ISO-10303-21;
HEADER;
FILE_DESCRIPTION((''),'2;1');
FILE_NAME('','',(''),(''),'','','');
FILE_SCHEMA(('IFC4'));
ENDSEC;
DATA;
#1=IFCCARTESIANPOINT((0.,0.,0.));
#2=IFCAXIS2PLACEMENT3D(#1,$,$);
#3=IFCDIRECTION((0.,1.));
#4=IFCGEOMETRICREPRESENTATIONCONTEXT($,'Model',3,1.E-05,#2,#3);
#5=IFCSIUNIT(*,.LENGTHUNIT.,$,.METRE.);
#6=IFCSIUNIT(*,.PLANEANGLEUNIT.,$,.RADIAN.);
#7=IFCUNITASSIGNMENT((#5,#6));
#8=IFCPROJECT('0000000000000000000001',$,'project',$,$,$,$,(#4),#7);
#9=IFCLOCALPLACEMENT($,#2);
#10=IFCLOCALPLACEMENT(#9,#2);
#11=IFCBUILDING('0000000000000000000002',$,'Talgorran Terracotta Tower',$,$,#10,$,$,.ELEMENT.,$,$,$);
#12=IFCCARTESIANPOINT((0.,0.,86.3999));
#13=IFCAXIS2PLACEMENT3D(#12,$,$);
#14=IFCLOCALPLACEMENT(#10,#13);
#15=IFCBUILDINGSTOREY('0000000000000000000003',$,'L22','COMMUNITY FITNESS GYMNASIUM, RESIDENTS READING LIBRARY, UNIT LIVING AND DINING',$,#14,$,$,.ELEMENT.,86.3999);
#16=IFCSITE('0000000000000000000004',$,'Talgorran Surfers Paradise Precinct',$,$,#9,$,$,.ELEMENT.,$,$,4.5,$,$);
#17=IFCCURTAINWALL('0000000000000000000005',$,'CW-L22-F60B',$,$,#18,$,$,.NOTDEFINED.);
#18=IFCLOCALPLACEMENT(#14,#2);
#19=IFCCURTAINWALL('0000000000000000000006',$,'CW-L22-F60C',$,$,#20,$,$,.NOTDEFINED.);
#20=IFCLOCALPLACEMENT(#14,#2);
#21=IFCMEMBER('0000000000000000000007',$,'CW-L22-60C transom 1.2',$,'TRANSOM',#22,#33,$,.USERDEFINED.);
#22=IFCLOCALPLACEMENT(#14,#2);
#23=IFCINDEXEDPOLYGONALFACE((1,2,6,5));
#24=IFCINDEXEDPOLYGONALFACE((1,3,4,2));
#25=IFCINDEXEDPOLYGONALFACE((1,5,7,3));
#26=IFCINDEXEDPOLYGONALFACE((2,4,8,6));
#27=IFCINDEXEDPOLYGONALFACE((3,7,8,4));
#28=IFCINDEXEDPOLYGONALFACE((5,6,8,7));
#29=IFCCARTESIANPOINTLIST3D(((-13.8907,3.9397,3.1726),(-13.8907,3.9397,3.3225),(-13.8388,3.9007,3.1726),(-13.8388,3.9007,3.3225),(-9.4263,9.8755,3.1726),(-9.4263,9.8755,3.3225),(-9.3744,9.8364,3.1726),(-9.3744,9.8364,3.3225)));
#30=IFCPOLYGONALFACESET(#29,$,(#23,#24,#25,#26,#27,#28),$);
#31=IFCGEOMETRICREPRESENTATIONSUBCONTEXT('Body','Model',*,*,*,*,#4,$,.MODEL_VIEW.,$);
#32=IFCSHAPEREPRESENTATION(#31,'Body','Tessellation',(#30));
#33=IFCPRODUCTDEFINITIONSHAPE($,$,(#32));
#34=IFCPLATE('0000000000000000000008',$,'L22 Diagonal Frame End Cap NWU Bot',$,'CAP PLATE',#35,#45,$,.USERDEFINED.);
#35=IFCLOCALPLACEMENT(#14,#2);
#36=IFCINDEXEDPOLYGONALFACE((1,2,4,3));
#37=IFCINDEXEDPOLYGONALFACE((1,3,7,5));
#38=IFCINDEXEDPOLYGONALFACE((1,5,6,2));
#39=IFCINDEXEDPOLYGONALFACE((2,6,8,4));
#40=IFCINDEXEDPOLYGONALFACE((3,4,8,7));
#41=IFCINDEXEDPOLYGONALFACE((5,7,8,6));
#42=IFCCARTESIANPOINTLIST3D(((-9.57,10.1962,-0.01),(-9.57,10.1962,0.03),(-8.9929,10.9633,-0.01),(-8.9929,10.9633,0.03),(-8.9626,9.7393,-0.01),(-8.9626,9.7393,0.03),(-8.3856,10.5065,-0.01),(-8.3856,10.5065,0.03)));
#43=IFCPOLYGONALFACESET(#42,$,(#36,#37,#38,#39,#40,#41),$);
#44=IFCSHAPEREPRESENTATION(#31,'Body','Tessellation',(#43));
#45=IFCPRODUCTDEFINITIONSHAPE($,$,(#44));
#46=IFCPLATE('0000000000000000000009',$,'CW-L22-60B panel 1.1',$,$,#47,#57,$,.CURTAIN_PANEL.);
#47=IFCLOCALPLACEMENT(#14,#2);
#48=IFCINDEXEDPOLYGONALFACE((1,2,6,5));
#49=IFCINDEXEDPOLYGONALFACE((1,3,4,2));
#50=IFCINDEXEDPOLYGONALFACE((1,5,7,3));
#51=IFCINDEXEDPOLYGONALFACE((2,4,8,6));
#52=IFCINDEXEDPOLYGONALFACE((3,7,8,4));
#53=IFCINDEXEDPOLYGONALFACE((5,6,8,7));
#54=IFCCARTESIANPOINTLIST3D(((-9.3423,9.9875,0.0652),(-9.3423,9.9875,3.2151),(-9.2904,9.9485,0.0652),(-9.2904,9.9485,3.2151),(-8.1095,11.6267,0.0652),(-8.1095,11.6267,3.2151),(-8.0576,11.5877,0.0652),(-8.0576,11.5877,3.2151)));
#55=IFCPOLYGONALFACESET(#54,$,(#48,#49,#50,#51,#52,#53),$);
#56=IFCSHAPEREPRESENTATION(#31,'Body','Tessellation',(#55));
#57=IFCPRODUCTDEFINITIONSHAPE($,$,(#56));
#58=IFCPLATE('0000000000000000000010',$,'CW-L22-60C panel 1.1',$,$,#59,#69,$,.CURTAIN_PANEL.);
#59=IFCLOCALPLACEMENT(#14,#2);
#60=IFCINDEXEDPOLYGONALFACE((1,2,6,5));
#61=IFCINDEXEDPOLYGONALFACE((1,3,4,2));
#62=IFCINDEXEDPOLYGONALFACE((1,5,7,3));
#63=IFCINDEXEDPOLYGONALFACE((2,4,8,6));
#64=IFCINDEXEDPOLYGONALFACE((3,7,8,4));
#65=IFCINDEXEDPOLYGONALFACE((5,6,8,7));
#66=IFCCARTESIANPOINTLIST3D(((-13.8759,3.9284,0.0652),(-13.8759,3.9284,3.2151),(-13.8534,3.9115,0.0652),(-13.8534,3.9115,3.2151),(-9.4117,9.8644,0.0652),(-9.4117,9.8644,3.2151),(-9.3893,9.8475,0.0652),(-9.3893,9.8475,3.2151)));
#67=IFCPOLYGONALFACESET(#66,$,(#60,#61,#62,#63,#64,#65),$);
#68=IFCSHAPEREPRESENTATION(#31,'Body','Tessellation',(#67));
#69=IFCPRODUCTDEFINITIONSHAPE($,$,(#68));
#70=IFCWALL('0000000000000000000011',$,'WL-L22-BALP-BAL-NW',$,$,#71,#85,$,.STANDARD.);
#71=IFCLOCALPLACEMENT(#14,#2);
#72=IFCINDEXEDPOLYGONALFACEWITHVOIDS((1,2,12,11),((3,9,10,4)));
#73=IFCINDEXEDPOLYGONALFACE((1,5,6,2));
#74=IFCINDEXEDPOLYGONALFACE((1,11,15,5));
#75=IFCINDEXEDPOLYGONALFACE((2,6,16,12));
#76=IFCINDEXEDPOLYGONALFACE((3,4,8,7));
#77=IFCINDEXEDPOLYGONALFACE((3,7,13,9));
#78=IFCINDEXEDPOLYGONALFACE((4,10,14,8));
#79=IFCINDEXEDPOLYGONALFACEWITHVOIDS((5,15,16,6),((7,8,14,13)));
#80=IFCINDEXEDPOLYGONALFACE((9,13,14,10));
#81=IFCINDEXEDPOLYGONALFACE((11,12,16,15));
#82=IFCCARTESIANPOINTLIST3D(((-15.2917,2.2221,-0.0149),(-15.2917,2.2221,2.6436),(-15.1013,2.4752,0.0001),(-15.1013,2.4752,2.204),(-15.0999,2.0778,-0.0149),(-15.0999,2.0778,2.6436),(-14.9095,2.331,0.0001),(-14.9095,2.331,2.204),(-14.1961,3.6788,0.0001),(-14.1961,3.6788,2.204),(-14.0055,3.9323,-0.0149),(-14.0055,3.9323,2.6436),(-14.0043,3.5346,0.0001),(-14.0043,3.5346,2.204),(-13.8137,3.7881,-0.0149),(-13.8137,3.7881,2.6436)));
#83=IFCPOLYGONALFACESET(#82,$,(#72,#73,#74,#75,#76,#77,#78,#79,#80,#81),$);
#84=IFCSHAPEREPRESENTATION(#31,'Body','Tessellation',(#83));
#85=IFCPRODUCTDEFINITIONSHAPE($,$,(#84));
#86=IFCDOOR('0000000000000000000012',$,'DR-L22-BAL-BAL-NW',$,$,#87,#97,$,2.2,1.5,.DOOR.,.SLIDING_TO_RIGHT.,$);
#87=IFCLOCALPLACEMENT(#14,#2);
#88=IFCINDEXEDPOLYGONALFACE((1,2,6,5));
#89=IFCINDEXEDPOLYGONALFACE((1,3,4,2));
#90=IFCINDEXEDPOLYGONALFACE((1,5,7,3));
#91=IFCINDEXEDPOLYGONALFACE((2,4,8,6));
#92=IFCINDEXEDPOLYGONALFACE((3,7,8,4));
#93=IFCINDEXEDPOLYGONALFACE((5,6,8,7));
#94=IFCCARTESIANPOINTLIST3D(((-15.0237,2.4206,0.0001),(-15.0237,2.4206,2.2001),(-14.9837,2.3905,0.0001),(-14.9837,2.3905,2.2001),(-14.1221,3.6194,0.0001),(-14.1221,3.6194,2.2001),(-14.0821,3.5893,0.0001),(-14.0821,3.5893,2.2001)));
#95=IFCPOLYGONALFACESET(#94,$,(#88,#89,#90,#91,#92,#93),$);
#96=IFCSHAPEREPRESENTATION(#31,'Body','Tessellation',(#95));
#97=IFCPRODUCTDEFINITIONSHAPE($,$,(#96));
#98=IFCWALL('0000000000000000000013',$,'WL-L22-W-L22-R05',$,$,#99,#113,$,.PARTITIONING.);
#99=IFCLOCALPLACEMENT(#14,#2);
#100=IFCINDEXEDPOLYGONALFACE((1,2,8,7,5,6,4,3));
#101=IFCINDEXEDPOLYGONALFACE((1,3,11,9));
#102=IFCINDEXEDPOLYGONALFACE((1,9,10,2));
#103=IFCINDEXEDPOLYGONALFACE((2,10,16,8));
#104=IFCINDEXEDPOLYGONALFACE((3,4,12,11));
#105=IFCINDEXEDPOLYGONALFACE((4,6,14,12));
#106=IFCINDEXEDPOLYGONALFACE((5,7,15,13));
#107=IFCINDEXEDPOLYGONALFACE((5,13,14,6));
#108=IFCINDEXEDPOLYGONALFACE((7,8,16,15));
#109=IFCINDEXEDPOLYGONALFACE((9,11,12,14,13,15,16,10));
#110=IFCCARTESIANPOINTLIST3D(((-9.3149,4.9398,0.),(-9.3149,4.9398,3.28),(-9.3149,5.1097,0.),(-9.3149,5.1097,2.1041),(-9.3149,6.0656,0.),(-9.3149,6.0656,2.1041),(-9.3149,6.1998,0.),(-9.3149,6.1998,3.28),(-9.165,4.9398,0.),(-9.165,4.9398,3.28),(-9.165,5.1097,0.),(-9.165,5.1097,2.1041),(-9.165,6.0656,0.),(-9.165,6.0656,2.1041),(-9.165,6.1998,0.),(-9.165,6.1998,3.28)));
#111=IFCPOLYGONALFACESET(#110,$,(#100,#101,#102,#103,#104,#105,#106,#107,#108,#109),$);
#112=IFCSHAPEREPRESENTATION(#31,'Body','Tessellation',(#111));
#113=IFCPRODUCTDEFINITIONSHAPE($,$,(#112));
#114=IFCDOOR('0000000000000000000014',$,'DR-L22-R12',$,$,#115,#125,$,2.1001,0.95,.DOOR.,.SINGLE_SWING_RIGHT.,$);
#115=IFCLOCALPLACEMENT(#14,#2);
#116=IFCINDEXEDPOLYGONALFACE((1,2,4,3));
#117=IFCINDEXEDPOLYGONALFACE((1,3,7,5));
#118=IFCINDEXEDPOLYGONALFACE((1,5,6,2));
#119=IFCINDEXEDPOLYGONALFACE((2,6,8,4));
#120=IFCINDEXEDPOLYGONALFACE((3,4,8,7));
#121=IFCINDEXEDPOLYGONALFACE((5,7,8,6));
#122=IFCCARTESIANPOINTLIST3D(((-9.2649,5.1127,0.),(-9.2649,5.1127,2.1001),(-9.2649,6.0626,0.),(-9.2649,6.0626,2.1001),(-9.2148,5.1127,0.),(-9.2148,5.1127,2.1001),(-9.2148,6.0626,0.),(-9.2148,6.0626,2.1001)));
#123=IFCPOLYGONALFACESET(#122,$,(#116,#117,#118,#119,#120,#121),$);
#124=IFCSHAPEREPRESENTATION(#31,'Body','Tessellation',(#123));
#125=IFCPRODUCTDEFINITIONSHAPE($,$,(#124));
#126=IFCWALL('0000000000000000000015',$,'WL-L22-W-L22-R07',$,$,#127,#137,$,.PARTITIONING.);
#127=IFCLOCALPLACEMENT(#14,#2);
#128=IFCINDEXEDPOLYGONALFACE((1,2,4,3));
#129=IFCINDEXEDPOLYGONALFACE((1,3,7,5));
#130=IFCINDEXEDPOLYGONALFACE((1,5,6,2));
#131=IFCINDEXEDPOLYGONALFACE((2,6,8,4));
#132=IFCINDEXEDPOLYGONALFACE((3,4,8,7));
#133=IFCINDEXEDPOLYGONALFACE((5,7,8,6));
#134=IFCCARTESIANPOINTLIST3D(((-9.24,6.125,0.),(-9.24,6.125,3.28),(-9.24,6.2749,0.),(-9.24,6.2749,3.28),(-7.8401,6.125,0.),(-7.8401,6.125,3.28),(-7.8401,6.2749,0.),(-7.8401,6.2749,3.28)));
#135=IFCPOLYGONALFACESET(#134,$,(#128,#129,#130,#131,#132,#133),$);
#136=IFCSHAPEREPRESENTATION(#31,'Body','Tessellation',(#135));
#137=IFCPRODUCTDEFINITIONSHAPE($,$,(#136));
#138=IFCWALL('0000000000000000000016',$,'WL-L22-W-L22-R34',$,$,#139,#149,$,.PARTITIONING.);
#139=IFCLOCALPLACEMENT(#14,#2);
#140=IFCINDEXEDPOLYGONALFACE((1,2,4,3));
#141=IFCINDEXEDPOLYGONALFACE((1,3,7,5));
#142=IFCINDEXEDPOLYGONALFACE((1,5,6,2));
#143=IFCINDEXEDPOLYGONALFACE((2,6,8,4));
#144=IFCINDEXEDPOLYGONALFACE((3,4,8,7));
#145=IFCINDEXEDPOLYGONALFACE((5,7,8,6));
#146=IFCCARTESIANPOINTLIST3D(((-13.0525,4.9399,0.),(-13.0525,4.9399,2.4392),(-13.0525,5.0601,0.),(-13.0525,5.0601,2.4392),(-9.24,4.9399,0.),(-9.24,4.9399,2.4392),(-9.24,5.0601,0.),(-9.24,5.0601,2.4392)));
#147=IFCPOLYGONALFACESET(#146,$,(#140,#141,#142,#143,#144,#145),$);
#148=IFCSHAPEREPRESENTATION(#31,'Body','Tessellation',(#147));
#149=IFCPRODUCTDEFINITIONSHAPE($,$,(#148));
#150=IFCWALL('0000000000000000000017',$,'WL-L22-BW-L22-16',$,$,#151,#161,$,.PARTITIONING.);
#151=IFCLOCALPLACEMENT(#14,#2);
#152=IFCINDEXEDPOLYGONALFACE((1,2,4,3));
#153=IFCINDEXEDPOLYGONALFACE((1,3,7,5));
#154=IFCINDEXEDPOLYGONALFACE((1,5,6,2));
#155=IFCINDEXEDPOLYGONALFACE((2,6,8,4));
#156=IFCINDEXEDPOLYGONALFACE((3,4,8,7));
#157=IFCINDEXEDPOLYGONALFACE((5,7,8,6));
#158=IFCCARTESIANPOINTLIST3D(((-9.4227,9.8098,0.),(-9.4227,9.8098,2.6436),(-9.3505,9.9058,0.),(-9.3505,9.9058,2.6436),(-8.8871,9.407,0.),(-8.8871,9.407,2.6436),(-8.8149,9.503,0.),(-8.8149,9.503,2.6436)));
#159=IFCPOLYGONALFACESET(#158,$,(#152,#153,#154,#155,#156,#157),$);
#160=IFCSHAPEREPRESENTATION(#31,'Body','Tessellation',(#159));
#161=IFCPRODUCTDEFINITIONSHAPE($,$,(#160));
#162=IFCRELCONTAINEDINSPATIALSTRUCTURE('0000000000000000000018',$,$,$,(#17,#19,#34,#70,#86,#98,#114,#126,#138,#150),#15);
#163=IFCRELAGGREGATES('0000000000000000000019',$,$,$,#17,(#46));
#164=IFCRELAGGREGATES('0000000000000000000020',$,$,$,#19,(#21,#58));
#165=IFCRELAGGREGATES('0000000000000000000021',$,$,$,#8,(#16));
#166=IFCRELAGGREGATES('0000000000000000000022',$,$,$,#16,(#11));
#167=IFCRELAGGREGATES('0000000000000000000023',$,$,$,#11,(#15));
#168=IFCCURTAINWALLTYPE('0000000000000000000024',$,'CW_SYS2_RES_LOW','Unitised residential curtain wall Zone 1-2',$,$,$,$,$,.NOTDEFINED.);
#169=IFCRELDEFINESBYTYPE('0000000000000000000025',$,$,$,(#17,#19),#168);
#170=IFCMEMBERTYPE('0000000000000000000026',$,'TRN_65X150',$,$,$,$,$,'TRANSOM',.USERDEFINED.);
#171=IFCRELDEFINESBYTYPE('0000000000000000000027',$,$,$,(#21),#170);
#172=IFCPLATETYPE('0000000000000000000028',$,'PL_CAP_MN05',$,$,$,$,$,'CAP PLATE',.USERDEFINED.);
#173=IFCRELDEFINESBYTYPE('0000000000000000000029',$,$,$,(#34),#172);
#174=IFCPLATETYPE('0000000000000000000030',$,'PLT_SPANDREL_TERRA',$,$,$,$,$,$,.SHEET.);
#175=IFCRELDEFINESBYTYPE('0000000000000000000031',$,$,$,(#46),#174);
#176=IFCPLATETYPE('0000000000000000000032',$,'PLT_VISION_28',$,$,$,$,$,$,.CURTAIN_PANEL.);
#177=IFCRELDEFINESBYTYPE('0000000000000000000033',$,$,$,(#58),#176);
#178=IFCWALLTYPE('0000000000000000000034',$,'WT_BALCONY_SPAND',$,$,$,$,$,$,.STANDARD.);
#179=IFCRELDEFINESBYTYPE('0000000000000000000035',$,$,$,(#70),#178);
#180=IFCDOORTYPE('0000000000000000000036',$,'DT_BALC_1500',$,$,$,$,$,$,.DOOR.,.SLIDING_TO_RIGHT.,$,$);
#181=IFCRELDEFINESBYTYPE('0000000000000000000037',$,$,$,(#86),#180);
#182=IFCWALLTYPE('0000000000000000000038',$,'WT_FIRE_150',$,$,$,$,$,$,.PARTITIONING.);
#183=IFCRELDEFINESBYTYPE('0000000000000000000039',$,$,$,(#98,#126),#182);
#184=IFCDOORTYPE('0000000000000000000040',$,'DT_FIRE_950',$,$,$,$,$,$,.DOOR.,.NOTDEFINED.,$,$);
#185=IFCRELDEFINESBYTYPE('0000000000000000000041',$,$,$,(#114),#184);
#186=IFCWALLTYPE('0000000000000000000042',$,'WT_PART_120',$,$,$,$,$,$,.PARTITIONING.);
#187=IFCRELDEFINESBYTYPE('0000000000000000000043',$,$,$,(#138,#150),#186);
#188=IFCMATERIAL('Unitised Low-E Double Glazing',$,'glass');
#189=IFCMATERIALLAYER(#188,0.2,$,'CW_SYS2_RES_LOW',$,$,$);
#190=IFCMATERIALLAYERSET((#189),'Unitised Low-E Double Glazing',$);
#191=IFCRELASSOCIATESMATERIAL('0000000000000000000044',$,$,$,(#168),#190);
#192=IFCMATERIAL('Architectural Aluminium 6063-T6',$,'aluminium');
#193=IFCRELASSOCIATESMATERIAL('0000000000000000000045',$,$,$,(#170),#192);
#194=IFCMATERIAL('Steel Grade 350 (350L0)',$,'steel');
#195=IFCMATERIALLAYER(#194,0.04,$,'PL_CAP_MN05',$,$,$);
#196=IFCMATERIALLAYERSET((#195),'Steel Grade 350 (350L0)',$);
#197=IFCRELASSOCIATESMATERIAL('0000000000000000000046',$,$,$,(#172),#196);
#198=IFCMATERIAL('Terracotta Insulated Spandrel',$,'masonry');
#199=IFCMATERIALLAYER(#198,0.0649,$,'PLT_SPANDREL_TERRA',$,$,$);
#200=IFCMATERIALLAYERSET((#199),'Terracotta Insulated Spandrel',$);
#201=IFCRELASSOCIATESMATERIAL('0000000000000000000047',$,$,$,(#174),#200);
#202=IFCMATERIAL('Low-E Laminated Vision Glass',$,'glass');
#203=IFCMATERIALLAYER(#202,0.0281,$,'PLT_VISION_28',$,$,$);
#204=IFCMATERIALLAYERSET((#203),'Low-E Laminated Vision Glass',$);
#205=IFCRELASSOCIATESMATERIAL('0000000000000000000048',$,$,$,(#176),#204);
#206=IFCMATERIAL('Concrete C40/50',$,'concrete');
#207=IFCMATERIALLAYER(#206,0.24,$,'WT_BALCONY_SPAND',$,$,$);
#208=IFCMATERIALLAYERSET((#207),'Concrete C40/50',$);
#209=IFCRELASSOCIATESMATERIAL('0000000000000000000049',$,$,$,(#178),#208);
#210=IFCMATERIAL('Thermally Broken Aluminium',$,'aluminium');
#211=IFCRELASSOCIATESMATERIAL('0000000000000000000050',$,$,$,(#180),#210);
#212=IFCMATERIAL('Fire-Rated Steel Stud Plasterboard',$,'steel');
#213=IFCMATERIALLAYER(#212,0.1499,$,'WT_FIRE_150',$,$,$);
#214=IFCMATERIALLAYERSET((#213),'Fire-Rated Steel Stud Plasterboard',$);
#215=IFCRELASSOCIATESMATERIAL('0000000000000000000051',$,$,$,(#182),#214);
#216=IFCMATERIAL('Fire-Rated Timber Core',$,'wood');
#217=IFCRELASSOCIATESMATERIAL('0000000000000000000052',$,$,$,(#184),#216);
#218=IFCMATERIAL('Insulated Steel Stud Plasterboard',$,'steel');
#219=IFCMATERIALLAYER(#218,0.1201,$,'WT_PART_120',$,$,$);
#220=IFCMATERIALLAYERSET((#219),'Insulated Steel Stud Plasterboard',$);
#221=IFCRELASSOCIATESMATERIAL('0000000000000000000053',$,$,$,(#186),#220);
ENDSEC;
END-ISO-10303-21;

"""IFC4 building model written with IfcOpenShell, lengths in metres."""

from ifc_helpers import new_model, si_unit, direction, frame, frame_2d, origin, origin_2d, place, context, subcontext, project, spatial, rectangle, extrude, source, transform, mapped, material, layer, layer_set, material_profile, profile_set, type_object, type_shapes, element, fill, aggregate, save


model = new_model("IFC4")

# Units and contexts
model_context = context("Model", 3, precision=1e-05, world=origin(), true_north=direction((0.0, 1.0)))
body_context = subcontext(model_context, "Body", "Model", "MODEL_VIEW")
ifc_project = project(units=[si_unit("LENGTHUNIT", "METRE"), si_unit("PLANEANGLEUNIT", "RADIAN")], contexts=[model_context])

# Site, building, storey
site_placement = place(None, origin())
site = spatial("IfcSite", under=ifc_project, at=site_placement, Name="Talgorran Surfers Paradise Precinct", CompositionType="ELEMENT", RefElevation=4.5)
building_placement = place(site_placement, origin())
building = spatial("IfcBuilding", under=site, at=building_placement, Name="Talgorran Terracotta Tower", CompositionType="ELEMENT")
storey_placement = place(building_placement, frame((0.0, 0.0, 86.3999)))
storey = spatial("IfcBuildingStorey", under=building, at=storey_placement, Name="L22", Description="COMMUNITY FITNESS GYMNASIUM, RESIDENTS READING LIBRARY, UNIT LIVING AND DINING", CompositionType="ELEMENT", Elevation=86.3999)

# Shared definitions
ifc_material_1 = material(Name="Steel Grade 350 (350L0)", Category="steel")

# Curtain wall
ifc_material_2 = material(Name="Unitised Low-E Double Glazing", Category="glass")
ifc_layer_1 = layer(ifc_material_2, 0.2, Name="CW_SYS2_RES_LOW")
ifc_layer_set_1 = layer_set([ifc_layer_1], Name="Unitised Low-E Double Glazing")
curtain_wall_type = type_object("IfcCurtainWallType", Name="CW_SYS2_RES_LOW", Description="Unitised residential curtain wall Zone 1-2", PredefinedType="NOTDEFINED", material=ifc_layer_set_1)
curtain_wall_1_placement = place(storey_placement, origin())
curtain_wall_1 = element("IfcCurtainWall", 1, at=curtain_wall_1_placement, inside=storey, type_object=curtain_wall_type, Name="CW-L22-F60B", PredefinedType="NOTDEFINED")
ifc_material_3 = material(Name="Architectural Aluminium 6063-T6", Category="aluminium")

# Curtain wall
curtain_wall_2_placement = place(storey_placement, origin())
curtain_wall_2 = element("IfcCurtainWall", 2, at=curtain_wall_2_placement, inside=storey, type_object=curtain_wall_type, Name="CW-L22-F60C", PredefinedType="NOTDEFINED")

# Member
ifc_material_profile_1 = material_profile(ifc_material_3, rectangle(XDim=0.0649, YDim=0.1499, at=origin_2d()), Name="CWT65X150")
ifc_profile_set_1 = profile_set([ifc_material_profile_1], Name="Architectural Aluminium 6063-T6")
member_type_1 = type_object("IfcMemberType", Name="TRN_65X150", ElementType="TRANSOM", PredefinedType="USERDEFINED", material=ifc_profile_set_1)
member_1_placement = place(storey_placement, frame((-9.4004, 9.856, 3.2476), z_axis=(-0.601078, -0.799191, 0.0), x_axis=(0.799191, -0.601078, 0.0)))
member_1 = element("IfcMember", 3, at=member_1_placement, type_object=member_type_1, Name="CW-L22-60C transom 1.2", ObjectType="TRANSOM", PredefinedType="USERDEFINED", context=body_context, shape_type="SweptSolid", body=[
    extrude(rectangle(XDim=0.0649, YDim=0.1499, at=origin_2d()), origin(), (0.0, 0.0, 1.0), 7.4272),
])

# Plates
ifc_layer_2 = layer(ifc_material_1, 0.04, Name="PL_CAP_MN05")
ifc_layer_set_2 = layer_set([ifc_layer_2], Name="Steel Grade 350 (350L0)")
plate_type_1 = type_object("IfcPlateType", Name="PL_CAP_MN05", ElementType="CAP PLATE", PredefinedType="USERDEFINED", material=ifc_layer_set_2)
plate_1_placement = place(storey_placement, frame((-8.9778, 10.3513, -0.01), z_axis=(0.0, 0.0, 1.0), x_axis=(0.601118, 0.79916, 0.0)))
element("IfcPlate", 4, at=plate_1_placement, inside=storey, type_object=plate_type_1, Name="L22 Diagonal Frame End Cap NWU Bot", ObjectType="CAP PLATE", PredefinedType="USERDEFINED", context=body_context, shape_type="SweptSolid", body=[
    extrude(rectangle(XDim=0.96, YDim=0.76, at=origin_2d()), origin(), (0.0, 0.0, 1.0), 0.04),
])
ifc_material_4 = material(Name="Terracotta Insulated Spandrel", Category="masonry")
ifc_layer_3 = layer(ifc_material_4, 0.0649, Name="PLT_SPANDREL_TERRA")
ifc_layer_set_3 = layer_set([ifc_layer_3], Name="Terracotta Insulated Spandrel")
plate_type_2 = type_object("IfcPlateType", Name="PLT_SPANDREL_TERRA", PredefinedType="SHEET", material=ifc_layer_set_3)
shared_shape_1 = source(origin(), body_context, "Body", "SweptSolid", [
    extrude(rectangle(XDim=2.051, YDim=0.0649, at=origin_2d()), origin(), (0.0, 0.0, 1.0), 3.1499),
])
type_shapes(plate_type_2, [shared_shape_1])
plate_2_placement = place(storey_placement, frame((-8.7, 10.7876, 0.0652), z_axis=(0.0, 0.0, 1.0), x_axis=(-0.601078, -0.799191, 0.0)))
plate_2 = element("IfcPlate", 5, at=plate_2_placement, type_object=plate_type_2, Name="CW-L22-60B panel 1.1", PredefinedType="CURTAIN_PANEL", context=body_context, shape_type="MappedRepresentation", body=[
    mapped(shared_shape_1, transform((0.0, 0.0, 0.0), scale=1.0)),
])
aggregate(curtain_wall_1, [plate_2])
ifc_material_5 = material(Name="Low-E Laminated Vision Glass", Category="glass")
ifc_layer_4 = layer(ifc_material_5, 0.0281, Name="PLT_VISION_28")
ifc_layer_set_4 = layer_set([ifc_layer_4], Name="Low-E Laminated Vision Glass")
plate_type_3 = type_object("IfcPlateType", Name="PLT_VISION_28", PredefinedType="CURTAIN_PANEL", material=ifc_layer_set_4)
shared_shape_2 = source(origin(), body_context, "Body", "SweptSolid", [
    extrude(rectangle(XDim=7.4272, YDim=0.0281, at=origin_2d()), origin(), (0.0, 0.0, 1.0), 3.1499),
])
type_shapes(plate_type_3, [shared_shape_2])
plate_3_placement = place(storey_placement, frame((-11.6326, 6.8879, 0.0652), z_axis=(0.0, 0.0, 1.0), x_axis=(-0.601047, -0.799213, 0.0)))
plate_3 = element("IfcPlate", 6, at=plate_3_placement, type_object=plate_type_3, Name="CW-L22-60C panel 1.1", PredefinedType="CURTAIN_PANEL", context=body_context, shape_type="MappedRepresentation", body=[
    mapped(shared_shape_2, transform((0.0, 0.0, 0.0), scale=1.0)),
])
aggregate(curtain_wall_2, [member_1, plate_3])

# Walls, openings, doors
ifc_material_6 = material(Name="Concrete C40/50", Category="concrete")
ifc_layer_5 = layer(ifc_material_6, 0.24, Name="WT_BALCONY_SPAND")
ifc_layer_set_5 = layer_set([ifc_layer_5], Name="Concrete C40/50")
wall_type_1 = type_object("IfcWallType", Name="WT_BALCONY_SPAND", PredefinedType="STANDARD", material=ifc_layer_set_5)
wall_1_placement = place(storey_placement, frame((-13.9097, 3.8601, -0.0149), z_axis=(0.0, 0.0, 1.0), x_axis=(-0.60104, -0.799219, 0.0)))
wall_1 = element("IfcWall", 7, at=wall_1_placement, inside=storey, type_object=wall_type_1, Name="WL-L22-BALP-BAL-NW", PredefinedType="STANDARD", context=body_context, shape_type="SweptSolid", body=[
    extrude(rectangle(XDim=2.1399, YDim=0.24, at=frame_2d((1.0698, 0.0))), origin(), (0.0, 0.0, 1.0), 2.6584),
])
opening_1_placement = place(wall_1_placement, frame((0.3201, 0.0, 0.0149)))
opening_1 = element("IfcOpeningElement", 8, at=opening_1_placement, cuts=wall_1, PredefinedType="OPENING", context=body_context, shape_type="SweptSolid", body=[
    extrude(rectangle(XDim=1.506, YDim=2.204, at=frame_2d((0.75, 1.1021))), frame((0.0, 0.1299, 0.0), z_axis=(0.0, -1.0, 0.0), x_axis=(1.0, 0.0, 0.0)), (0.0, 0.0, 1.0), 0.26),
])
ifc_material_7 = material(Name="Thermally Broken Aluminium", Category="aluminium")
door_type_1 = type_object("IfcDoorType", Name="DT_BALC_1500", OperationType="SLIDING_TO_RIGHT", PredefinedType="DOOR", material=ifc_material_7)
door_1_placement = place(opening_1_placement, origin())
door_1 = element("IfcDoor", 9, at=door_1_placement, inside=storey, type_object=door_type_1, Name="DR-L22-BAL-BAL-NW", OperationType="SLIDING_TO_RIGHT", OverallHeight=2.2, OverallWidth=1.5, PredefinedType="DOOR", context=body_context, shape_type="SweptSolid", body=[
    extrude(rectangle(XDim=1.5, YDim=2.2, at=frame_2d((0.75, 1.1001))), frame((0.0, 0.0249, 0.0), z_axis=(0.0, -1.0, 0.0), x_axis=(1.0, 0.0, 0.0)), (0.0, 0.0, 1.0), 0.05),
])
fill(opening_1, door_1)
ifc_material_8 = material(Name="Fire-Rated Steel Stud Plasterboard", Category="steel")
ifc_layer_6 = layer(ifc_material_8, 0.1499, Name="WT_FIRE_150")
ifc_layer_set_6 = layer_set([ifc_layer_6], Name="Fire-Rated Steel Stud Plasterboard")
wall_type_2 = type_object("IfcWallType", Name="WT_FIRE_150", PredefinedType="PARTITIONING", material=ifc_layer_set_6)
wall_2_placement = place(storey_placement, frame((-9.24, 4.9399, 0.0), z_axis=(0.0, 0.0, 1.0), x_axis=(0.0, 1.0, 0.0)))
wall_2 = element("IfcWall", 10, at=wall_2_placement, inside=storey, type_object=wall_type_2, Name="WL-L22-W-L22-R05", PredefinedType="PARTITIONING", context=body_context, shape_type="SweptSolid", body=[
    extrude(rectangle(XDim=1.26, YDim=0.1499, at=frame_2d((0.6299, 0.0))), origin(), (0.0, 0.0, 1.0), 3.28),
])
opening_2_placement = place(wall_2_placement, frame((0.1726, 0.0, 0.0)))
opening_2 = element("IfcOpeningElement", 11, at=opening_2_placement, cuts=wall_2, PredefinedType="OPENING", context=body_context, shape_type="SweptSolid", body=[
    extrude(rectangle(XDim=0.956, YDim=2.1041, at=frame_2d((0.4751, 1.052))), frame((0.0, 0.085, 0.0), z_axis=(0.0, -1.0, 0.0), x_axis=(1.0, 0.0, 0.0)), (0.0, 0.0, 1.0), 0.1699),
])
ifc_material_9 = material(Name="Fire-Rated Timber Core", Category="wood")
door_type_2 = type_object("IfcDoorType", Name="DT_FIRE_950", OperationType="NOTDEFINED", PredefinedType="DOOR", material=ifc_material_9)
door_2_placement = place(opening_2_placement, origin())
door_2 = element("IfcDoor", 12, at=door_2_placement, inside=storey, type_object=door_type_2, Name="DR-L22-R12", OperationType="SINGLE_SWING_RIGHT", OverallHeight=2.1001, OverallWidth=0.95, PredefinedType="DOOR", context=body_context, shape_type="SweptSolid", body=[
    extrude(rectangle(XDim=0.95, YDim=2.1001, at=frame_2d((0.4751, 1.05))), frame((0.0, 0.0249, 0.0), z_axis=(0.0, -1.0, 0.0), x_axis=(1.0, 0.0, 0.0)), (0.0, 0.0, 1.0), 0.05),
])
fill(opening_2, door_2)

# Walls
wall_3_placement = place(storey_placement, frame((-9.24, 6.2, 0.0), z_axis=(0.0, 0.0, 1.0), x_axis=(1.0, 0.0, 0.0)))
element("IfcWall", 13, at=wall_3_placement, inside=storey, type_object=wall_type_2, Name="WL-L22-W-L22-R07", PredefinedType="PARTITIONING", context=body_context, shape_type="SweptSolid", body=[
    extrude(rectangle(XDim=1.3999, YDim=0.1499, at=frame_2d((0.7, 0.0))), origin(), (0.0, 0.0, 1.0), 3.28),
])
ifc_material_10 = material(Name="Insulated Steel Stud Plasterboard", Category="steel")
ifc_layer_7 = layer(ifc_material_10, 0.1201, Name="WT_PART_120")
ifc_layer_set_7 = layer_set([ifc_layer_7], Name="Insulated Steel Stud Plasterboard")
wall_type_3 = type_object("IfcWallType", Name="WT_PART_120", PredefinedType="PARTITIONING", material=ifc_layer_set_7)
wall_4_placement = place(storey_placement, frame((-13.0525, 5.0, 0.0), z_axis=(0.0, 0.0, 1.0), x_axis=(1.0, 0.0, 0.0)))
element("IfcWall", 14, at=wall_4_placement, inside=storey, type_object=wall_type_3, Name="WL-L22-W-L22-R34", PredefinedType="PARTITIONING", context=body_context, shape_type="SweptSolid", body=[
    extrude(rectangle(XDim=3.8125, YDim=0.1201, at=frame_2d((1.9062, 0.0))), origin(), (0.0, 0.0, 1.0), 2.4392),
])
wall_5_placement = place(storey_placement, frame((-8.8511, 9.4551, 0.0), z_axis=(0.0, 0.0, 1.0), x_axis=(-0.799212, 0.601049, 0.0)))
element("IfcWall", 15, at=wall_5_placement, inside=storey, type_object=wall_type_3, Name="WL-L22-BW-L22-16", PredefinedType="PARTITIONING", context=body_context, shape_type="SweptSolid", body=[
    extrude(rectangle(XDim=0.6702, YDim=0.1201, at=frame_2d((0.335, 0.0))), origin(), (0.0, 0.0, 1.0), 2.6436),
])

save(model, "model.ifc")
